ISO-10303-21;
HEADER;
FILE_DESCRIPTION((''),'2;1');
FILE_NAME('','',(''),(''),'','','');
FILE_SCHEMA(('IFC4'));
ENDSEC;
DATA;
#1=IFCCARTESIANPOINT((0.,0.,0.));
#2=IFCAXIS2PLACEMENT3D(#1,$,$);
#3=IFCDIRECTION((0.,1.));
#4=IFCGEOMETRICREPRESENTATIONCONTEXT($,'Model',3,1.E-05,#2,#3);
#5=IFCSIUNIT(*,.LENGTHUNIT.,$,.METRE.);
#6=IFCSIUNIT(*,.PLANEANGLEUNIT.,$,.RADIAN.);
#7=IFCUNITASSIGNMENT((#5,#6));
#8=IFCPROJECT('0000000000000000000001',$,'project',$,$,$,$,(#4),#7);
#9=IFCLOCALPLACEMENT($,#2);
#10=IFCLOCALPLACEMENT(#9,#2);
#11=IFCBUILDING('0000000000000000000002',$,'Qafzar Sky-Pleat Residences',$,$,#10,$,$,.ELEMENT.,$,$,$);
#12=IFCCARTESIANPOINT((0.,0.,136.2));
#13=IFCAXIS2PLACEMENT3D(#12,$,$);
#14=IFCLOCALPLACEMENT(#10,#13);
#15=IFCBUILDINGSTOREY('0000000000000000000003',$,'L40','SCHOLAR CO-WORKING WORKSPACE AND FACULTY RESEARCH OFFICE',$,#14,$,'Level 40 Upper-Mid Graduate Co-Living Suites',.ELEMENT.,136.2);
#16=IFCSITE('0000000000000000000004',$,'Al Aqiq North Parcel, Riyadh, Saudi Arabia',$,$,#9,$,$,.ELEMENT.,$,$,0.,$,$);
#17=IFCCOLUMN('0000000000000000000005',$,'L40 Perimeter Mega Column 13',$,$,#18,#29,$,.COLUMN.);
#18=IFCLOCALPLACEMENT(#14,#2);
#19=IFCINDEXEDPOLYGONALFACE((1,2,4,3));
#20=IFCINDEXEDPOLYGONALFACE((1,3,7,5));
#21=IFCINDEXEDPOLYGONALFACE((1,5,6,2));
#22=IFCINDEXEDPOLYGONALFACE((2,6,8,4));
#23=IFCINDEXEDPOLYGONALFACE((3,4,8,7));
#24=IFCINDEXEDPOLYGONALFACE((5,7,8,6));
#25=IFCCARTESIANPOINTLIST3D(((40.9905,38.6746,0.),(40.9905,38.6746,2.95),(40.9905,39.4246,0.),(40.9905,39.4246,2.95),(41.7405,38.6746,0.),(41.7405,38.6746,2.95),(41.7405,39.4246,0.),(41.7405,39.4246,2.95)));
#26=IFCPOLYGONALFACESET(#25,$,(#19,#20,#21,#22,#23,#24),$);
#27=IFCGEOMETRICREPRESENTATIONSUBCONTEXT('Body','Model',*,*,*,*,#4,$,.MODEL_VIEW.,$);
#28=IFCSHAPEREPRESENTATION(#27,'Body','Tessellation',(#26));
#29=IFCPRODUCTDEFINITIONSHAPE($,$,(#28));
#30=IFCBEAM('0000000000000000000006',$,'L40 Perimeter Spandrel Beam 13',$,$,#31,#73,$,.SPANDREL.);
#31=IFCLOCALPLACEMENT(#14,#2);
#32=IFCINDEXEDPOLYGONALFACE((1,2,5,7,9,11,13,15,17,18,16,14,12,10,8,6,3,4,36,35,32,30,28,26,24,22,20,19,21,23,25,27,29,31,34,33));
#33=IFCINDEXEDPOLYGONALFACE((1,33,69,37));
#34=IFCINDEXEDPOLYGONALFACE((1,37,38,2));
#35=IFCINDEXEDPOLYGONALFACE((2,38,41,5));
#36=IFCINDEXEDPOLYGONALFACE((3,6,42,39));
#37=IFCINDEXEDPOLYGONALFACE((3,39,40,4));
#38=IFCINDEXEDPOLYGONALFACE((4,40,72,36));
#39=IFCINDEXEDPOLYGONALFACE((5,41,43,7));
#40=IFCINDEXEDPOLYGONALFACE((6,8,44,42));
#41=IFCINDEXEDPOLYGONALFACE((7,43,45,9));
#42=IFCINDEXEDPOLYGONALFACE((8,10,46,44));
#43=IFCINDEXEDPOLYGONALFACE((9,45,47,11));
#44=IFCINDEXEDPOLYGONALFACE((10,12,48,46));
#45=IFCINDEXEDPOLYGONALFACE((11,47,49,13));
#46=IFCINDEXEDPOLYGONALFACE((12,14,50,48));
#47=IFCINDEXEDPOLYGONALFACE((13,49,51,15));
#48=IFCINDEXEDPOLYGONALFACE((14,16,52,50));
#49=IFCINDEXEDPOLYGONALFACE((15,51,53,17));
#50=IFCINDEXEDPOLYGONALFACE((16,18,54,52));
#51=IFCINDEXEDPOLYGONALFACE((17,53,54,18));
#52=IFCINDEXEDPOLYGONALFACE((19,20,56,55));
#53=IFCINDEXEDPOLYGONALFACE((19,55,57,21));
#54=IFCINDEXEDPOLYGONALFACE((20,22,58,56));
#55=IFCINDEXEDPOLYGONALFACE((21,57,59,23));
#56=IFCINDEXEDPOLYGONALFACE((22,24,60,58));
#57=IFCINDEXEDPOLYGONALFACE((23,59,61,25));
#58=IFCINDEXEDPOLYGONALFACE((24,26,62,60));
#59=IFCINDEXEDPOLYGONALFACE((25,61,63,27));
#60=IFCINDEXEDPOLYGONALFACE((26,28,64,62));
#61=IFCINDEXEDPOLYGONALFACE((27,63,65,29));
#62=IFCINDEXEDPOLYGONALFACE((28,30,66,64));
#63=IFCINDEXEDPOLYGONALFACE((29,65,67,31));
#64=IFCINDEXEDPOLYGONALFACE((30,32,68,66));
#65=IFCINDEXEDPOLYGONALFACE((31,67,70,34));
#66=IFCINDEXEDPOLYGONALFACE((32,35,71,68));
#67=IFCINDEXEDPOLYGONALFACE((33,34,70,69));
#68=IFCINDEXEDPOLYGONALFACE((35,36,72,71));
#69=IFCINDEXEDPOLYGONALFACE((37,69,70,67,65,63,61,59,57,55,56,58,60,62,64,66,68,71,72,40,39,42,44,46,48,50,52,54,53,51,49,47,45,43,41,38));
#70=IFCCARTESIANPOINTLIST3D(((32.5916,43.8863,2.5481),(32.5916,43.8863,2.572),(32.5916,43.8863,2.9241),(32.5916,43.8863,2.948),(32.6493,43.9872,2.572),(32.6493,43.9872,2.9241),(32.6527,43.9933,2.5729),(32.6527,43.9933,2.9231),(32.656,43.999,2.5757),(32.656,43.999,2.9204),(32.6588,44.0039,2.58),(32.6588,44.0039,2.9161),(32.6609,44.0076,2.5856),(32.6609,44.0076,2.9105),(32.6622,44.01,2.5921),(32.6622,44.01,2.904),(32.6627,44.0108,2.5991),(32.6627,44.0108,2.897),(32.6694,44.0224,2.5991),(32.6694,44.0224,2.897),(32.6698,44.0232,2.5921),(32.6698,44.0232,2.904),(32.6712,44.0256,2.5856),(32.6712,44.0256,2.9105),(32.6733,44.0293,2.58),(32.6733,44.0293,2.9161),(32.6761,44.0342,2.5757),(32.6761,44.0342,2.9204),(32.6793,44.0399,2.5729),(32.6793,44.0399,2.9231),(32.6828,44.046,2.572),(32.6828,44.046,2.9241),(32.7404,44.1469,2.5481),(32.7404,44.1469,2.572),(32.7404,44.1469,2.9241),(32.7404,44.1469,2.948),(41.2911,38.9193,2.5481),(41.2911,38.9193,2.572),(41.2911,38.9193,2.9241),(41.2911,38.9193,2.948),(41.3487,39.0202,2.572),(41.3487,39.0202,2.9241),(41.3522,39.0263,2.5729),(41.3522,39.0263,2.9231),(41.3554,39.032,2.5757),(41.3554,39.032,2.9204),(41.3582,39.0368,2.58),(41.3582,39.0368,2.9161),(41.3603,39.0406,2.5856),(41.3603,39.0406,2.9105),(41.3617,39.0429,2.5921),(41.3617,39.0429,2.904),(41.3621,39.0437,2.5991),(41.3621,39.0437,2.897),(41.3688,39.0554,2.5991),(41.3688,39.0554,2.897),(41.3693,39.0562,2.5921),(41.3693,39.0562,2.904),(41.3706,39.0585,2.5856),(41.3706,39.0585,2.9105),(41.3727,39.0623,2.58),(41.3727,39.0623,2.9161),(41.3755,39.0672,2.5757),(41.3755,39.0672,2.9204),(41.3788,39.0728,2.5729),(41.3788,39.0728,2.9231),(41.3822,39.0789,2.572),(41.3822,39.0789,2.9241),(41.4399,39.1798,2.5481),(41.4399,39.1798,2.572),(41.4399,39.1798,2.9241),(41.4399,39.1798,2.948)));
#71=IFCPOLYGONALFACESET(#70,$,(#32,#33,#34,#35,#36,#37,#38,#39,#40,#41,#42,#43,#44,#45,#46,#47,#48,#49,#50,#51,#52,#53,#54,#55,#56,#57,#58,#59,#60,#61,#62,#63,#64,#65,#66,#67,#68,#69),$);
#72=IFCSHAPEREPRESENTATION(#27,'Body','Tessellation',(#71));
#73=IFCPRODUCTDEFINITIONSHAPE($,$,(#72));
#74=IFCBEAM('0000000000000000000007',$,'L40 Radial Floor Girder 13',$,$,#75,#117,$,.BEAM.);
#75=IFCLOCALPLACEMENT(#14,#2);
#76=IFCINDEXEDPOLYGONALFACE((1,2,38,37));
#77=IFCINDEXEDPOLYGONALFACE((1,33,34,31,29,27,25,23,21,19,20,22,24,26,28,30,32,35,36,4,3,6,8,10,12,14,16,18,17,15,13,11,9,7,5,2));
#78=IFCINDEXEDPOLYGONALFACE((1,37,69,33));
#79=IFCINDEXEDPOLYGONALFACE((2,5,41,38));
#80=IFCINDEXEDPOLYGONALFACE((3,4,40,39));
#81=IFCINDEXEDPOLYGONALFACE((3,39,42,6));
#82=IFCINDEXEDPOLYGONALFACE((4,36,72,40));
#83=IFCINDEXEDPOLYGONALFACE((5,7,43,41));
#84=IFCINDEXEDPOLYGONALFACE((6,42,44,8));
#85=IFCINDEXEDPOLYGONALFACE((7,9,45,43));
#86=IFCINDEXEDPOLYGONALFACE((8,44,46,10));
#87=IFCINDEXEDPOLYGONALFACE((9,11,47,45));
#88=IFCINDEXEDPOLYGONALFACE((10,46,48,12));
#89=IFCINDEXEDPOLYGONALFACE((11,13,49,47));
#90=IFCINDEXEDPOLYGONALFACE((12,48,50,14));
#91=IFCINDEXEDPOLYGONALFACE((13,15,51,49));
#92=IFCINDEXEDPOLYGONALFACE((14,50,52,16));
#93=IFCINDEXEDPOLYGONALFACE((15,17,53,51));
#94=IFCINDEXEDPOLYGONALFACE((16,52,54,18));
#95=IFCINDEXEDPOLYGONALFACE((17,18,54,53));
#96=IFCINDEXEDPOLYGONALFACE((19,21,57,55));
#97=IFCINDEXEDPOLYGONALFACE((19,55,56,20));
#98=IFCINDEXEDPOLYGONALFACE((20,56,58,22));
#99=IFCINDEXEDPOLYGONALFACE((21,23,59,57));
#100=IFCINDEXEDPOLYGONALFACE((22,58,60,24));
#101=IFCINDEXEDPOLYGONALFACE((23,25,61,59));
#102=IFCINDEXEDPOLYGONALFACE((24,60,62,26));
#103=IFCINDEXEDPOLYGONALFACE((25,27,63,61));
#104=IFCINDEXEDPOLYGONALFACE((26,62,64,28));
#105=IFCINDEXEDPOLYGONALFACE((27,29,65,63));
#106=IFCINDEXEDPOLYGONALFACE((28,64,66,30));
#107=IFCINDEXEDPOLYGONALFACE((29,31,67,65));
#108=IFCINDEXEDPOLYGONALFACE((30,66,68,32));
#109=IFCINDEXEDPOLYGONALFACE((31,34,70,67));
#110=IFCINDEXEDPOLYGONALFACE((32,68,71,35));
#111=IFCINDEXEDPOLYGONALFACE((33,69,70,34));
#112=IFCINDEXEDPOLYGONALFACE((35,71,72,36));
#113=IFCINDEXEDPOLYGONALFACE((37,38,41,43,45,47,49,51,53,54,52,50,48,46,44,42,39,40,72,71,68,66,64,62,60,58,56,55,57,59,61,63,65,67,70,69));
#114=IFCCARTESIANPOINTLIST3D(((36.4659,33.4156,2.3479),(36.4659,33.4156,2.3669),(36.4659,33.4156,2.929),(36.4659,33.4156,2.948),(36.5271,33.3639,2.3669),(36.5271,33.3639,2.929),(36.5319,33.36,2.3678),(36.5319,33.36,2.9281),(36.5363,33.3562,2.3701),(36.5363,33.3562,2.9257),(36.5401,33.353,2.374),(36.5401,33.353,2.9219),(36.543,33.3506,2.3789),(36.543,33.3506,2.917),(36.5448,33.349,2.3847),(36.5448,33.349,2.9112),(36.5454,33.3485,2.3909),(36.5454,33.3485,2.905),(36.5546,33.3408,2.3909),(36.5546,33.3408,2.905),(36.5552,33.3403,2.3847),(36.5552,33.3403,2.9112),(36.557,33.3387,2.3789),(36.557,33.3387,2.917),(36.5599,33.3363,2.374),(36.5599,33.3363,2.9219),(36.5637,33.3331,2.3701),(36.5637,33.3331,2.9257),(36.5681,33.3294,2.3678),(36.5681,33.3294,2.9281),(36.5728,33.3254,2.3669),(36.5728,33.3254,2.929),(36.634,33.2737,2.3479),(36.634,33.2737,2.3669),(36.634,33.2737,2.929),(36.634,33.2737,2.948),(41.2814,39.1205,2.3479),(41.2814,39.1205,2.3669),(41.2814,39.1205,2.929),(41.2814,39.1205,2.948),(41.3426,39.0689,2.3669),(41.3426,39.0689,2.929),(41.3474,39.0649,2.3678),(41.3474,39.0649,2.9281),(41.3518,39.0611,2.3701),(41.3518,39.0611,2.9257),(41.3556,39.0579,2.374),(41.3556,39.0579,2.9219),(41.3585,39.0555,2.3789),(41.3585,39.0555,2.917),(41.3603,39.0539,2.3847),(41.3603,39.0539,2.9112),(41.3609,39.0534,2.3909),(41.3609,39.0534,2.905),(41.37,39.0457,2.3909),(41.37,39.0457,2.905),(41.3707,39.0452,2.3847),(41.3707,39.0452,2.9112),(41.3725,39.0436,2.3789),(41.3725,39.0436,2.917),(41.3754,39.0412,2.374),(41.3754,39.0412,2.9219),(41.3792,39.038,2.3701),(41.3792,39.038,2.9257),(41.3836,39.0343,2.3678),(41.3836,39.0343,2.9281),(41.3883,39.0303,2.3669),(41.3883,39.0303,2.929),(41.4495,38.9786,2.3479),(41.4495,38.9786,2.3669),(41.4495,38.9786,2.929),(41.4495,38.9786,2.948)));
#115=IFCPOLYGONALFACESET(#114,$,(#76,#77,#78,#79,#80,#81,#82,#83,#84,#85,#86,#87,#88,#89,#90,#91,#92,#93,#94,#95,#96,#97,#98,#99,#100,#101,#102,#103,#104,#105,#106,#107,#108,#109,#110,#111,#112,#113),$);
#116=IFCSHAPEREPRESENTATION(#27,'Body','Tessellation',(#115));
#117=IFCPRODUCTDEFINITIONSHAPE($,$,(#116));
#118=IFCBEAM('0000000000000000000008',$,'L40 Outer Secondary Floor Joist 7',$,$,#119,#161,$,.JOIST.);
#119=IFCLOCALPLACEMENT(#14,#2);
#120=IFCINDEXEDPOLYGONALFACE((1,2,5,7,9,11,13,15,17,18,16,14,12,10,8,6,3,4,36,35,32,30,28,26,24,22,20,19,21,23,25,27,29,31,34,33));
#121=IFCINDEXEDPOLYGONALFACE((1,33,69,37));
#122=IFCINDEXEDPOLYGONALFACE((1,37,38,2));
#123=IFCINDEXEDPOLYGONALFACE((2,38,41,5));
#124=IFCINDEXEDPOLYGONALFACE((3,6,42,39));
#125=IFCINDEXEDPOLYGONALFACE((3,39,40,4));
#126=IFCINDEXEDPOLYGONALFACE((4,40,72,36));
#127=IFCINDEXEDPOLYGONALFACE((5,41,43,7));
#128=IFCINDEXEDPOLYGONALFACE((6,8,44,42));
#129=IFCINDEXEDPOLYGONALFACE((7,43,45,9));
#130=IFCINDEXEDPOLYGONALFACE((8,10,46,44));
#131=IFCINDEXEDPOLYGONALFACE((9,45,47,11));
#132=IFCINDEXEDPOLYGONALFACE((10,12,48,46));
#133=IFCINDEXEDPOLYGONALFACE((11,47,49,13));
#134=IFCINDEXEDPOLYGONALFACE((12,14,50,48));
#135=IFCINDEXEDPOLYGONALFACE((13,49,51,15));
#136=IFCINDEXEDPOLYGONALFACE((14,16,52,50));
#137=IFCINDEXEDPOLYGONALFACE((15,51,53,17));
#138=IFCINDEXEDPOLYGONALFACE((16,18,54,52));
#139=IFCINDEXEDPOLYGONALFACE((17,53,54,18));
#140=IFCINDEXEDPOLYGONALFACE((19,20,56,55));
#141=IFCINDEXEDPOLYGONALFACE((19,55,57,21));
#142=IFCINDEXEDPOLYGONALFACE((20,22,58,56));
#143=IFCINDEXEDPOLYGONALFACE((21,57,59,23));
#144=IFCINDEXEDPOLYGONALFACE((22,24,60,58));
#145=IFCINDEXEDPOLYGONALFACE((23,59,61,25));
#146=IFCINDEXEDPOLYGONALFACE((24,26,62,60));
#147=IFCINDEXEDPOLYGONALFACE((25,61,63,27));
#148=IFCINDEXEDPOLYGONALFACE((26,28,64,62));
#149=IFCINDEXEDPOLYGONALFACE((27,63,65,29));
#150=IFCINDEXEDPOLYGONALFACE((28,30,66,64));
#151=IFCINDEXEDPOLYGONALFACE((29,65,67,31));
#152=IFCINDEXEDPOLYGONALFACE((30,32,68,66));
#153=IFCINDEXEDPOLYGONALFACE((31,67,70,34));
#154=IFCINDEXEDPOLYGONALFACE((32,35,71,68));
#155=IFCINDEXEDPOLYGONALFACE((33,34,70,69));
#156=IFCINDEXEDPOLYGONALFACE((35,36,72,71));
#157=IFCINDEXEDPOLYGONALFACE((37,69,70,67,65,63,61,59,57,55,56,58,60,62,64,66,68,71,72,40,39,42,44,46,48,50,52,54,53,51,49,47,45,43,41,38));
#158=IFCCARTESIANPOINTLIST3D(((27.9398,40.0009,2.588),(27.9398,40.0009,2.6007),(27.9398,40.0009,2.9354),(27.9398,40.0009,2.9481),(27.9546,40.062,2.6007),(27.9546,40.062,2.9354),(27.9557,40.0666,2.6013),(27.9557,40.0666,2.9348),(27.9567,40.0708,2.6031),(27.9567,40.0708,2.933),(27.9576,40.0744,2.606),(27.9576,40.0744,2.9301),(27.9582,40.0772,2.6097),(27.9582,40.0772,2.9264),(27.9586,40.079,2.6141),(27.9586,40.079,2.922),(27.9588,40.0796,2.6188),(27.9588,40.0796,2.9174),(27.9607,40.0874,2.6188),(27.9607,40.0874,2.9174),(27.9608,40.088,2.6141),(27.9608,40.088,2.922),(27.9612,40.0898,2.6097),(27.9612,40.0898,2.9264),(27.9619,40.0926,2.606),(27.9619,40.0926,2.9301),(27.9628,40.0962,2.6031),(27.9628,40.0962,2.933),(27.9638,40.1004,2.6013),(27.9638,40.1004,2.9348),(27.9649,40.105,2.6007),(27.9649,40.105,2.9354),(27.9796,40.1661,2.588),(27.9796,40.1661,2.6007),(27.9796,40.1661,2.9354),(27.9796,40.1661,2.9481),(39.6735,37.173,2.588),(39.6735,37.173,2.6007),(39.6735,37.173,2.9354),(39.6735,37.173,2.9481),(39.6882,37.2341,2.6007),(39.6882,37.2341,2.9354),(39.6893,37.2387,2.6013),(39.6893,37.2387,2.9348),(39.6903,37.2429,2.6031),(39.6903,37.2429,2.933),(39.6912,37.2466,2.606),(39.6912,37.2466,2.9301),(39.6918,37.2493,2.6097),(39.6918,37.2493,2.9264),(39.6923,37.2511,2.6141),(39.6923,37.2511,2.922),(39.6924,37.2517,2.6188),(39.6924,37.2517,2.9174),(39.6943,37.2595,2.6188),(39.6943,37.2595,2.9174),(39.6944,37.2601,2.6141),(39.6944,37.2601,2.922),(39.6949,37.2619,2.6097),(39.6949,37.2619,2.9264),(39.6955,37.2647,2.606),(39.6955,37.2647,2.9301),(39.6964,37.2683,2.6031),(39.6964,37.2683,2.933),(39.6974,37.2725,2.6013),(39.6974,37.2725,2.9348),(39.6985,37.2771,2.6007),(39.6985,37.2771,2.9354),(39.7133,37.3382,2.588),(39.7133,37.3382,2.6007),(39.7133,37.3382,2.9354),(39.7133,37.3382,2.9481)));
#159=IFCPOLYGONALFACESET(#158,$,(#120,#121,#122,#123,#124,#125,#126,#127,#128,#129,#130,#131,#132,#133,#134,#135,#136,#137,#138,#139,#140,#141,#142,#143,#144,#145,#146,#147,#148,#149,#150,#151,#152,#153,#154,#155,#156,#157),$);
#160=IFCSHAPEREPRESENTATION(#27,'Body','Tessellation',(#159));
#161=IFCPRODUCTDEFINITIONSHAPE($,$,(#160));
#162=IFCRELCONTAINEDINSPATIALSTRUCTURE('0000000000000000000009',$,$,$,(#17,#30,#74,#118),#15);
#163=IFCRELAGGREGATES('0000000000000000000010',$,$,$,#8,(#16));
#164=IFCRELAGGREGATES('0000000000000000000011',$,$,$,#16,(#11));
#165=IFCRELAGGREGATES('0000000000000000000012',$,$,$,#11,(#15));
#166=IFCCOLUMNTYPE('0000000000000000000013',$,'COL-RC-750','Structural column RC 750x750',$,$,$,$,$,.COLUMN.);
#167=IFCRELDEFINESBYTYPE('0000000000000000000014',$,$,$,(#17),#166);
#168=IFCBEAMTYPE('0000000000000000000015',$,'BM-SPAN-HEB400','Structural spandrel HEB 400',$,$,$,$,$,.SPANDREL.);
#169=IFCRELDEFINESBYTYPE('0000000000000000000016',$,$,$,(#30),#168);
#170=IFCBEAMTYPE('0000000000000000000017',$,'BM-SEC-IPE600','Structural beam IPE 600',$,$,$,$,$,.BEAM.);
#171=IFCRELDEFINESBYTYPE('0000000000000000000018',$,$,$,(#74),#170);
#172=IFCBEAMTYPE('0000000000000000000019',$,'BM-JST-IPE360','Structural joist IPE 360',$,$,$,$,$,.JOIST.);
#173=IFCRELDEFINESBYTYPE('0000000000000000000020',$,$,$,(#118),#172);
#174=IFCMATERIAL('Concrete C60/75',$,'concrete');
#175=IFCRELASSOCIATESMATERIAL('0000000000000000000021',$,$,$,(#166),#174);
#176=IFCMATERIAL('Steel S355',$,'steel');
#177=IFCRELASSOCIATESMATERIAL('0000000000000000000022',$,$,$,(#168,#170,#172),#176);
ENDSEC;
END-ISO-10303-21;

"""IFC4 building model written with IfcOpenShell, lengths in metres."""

from ifc_helpers import new_model, si_unit, direction, frame, origin, origin_2d, place, context, subcontext, project, spatial, rectangle, i_section, extrude, source, transform, mapped, material, material_profile, profile_set, type_object, element, save


model = new_model("IFC4")

# Units and contexts
model_context = context("Model", 3, precision=1e-05, world=origin(), true_north=direction((0.0, 1.0)))
body_context = subcontext(model_context, "Body", "Model", "MODEL_VIEW")
ifc_project = project(units=[si_unit("LENGTHUNIT", "METRE"), si_unit("PLANEANGLEUNIT", "RADIAN")], contexts=[model_context])

# Site, building, storey
site_placement = place(None, origin())
site = spatial("IfcSite", under=ifc_project, at=site_placement, Name="Al Aqiq North Parcel, Riyadh, Saudi Arabia", CompositionType="ELEMENT", RefElevation=0.0)
building_placement = place(site_placement, origin())
building = spatial("IfcBuilding", under=site, at=building_placement, Name="Qafzar Sky-Pleat Residences", CompositionType="ELEMENT")
storey_placement = place(building_placement, frame((0.0, 0.0, 136.2)))
storey = spatial("IfcBuildingStorey", under=building, at=storey_placement, Name="L40", Description="SCHOLAR CO-WORKING WORKSPACE AND FACULTY RESEARCH OFFICE", LongName="Level 40 Upper-Mid Graduate Co-Living Suites", CompositionType="ELEMENT", Elevation=136.2)

# Column
ifc_material_1 = material(Name="Concrete C60/75", Category="concrete")
ifc_material_profile_1 = material_profile(ifc_material_1, rectangle(XDim=0.75, YDim=0.75, at=origin_2d()), Name="RC 750x750")
ifc_profile_set_1 = profile_set([ifc_material_profile_1], Name="Concrete C60/75")
column_type = type_object("IfcColumnType", Name="COL-RC-750", Description="Structural column RC 750x750", PredefinedType="COLUMN", material=ifc_profile_set_1)
shared_shape_1 = source(origin(), body_context, "Body", "SweptSolid", [
    extrude(rectangle(XDim=0.75, YDim=0.75, at=origin_2d()), origin(), (0.0, 0.0, 1.0), 2.95),
])
column_placement = place(storey_placement, frame((41.3655, 39.0496, 0.0), z_axis=(0.0, 0.0, 1.0), x_axis=(1.0, 0.0, 0.0)))
element("IfcColumn", 1, at=column_placement, inside=storey, type_object=column_type, Name="L40 Perimeter Mega Column 13", PredefinedType="COLUMN", context=body_context, shape_type="MappedRepresentation", body=[
    mapped(shared_shape_1, transform((0.0, 0.0, 0.0), x_axis=(1.0, 0.0, 0.0), y_axis=(0.0, 1.0, 0.0), z_axis=(0.0, 0.0, 1.0), scale=1.0)),
])

# Beams
ifc_material_2 = material(Name="Steel S355", Category="steel")
ifc_material_profile_2 = material_profile(ifc_material_2, i_section(OverallWidth=0.3, OverallDepth=0.3999, WebThickness=0.0134, FlangeThickness=0.0239, FilletRadius=0.0271, at=origin_2d()), Name="HEB 400")
ifc_profile_set_2 = profile_set([ifc_material_profile_2], Name="Steel S355")
beam_type_1 = type_object("IfcBeamType", Name="BM-SPAN-HEB400", Description="Structural spandrel HEB 400", PredefinedType="SPANDREL", material=ifc_profile_set_2)
shared_shape_2 = source(origin(), body_context, "Body", "SweptSolid", [
    extrude(i_section(OverallWidth=0.3, OverallDepth=0.3999, WebThickness=0.0134, FlangeThickness=0.0239, FilletRadius=0.0271, at=origin_2d()), origin(), (0.0, 0.0, 1.0), 10.0176),
])
beam_1_placement = place(storey_placement, frame((41.3655, 39.0496, 2.748), z_axis=(-0.868419, 0.495832, 0.0), x_axis=(-0.495832, -0.868419, 0.0)))
element("IfcBeam", 2, at=beam_1_placement, inside=storey, type_object=beam_type_1, Name="L40 Perimeter Spandrel Beam 13", PredefinedType="SPANDREL", context=body_context, shape_type="MappedRepresentation", body=[
    mapped(shared_shape_2, transform((0.0, 0.0, 0.0), x_axis=(1.0, 0.0, 0.0), y_axis=(0.0, 1.0, 0.0), z_axis=(0.0, 0.0, 1.0), scale=1.0)),
])
ifc_material_profile_3 = material_profile(ifc_material_2, i_section(OverallWidth=0.22, OverallDepth=0.6001, WebThickness=0.012, FlangeThickness=0.019, FilletRadius=0.0239, at=origin_2d()), Name="IPE 600")
ifc_profile_set_3 = profile_set([ifc_material_profile_3], Name="Steel S355")
beam_type_2 = type_object("IfcBeamType", Name="BM-SEC-IPE600", Description="Structural beam IPE 600", PredefinedType="BEAM", material=ifc_profile_set_3)
shared_shape_3 = source(origin(), body_context, "Body", "SweptSolid", [
    extrude(i_section(OverallWidth=0.22, OverallDepth=0.6001, WebThickness=0.012, FlangeThickness=0.019, FilletRadius=0.0239, at=origin_2d()), origin(), (0.0, 0.0, 1.0), 7.4656),
])
beam_2_placement = place(storey_placement, frame((41.3655, 39.0496, 2.6479), z_axis=(-0.645026, -0.764161, 0.0), x_axis=(0.764161, -0.645026, 0.0)))
element("IfcBeam", 3, at=beam_2_placement, inside=storey, type_object=beam_type_2, Name="L40 Radial Floor Girder 13", PredefinedType="BEAM", context=body_context, shape_type="MappedRepresentation", body=[
    mapped(shared_shape_3, transform((0.0, 0.0, 0.0), x_axis=(1.0, 0.0, 0.0), y_axis=(0.0, 1.0, 0.0), z_axis=(0.0, 0.0, 1.0), scale=1.0)),
])
ifc_material_profile_4 = material_profile(ifc_material_2, i_section(OverallWidth=0.1699, OverallDepth=0.3601, WebThickness=0.0081, FlangeThickness=0.0127, FilletRadius=0.0181, at=origin_2d()), Name="IPE 360")
ifc_profile_set_4 = profile_set([ifc_material_profile_4], Name="Steel S355")
beam_type_3 = type_object("IfcBeamType", Name="BM-JST-IPE360", Description="Structural joist IPE 360", PredefinedType="JOIST", material=ifc_profile_set_4)
shared_shape_4 = source(origin(), body_context, "Body", "SweptSolid", [
    extrude(i_section(OverallWidth=0.1699, OverallDepth=0.3601, WebThickness=0.0081, FlangeThickness=0.0127, FilletRadius=0.0181, at=origin_2d()), origin(), (0.0, 0.0, 1.0), 12.0696),
])
beam_3_placement = place(storey_placement, frame((39.6934, 37.2556, 2.7681), z_axis=(-0.972165, 0.234298, 0.0), x_axis=(-0.234298, -0.972165, 0.0)))
element("IfcBeam", 4, at=beam_3_placement, inside=storey, type_object=beam_type_3, Name="L40 Outer Secondary Floor Joist 7", PredefinedType="JOIST", context=body_context, shape_type="MappedRepresentation", body=[
    mapped(shared_shape_4, transform((0.0, 0.0, 0.0), x_axis=(1.0, 0.0, 0.0), y_axis=(0.0, 1.0, 0.0), z_axis=(0.0, 0.0, 1.0), scale=1.0)),
])

save(model, "model.ifc")
